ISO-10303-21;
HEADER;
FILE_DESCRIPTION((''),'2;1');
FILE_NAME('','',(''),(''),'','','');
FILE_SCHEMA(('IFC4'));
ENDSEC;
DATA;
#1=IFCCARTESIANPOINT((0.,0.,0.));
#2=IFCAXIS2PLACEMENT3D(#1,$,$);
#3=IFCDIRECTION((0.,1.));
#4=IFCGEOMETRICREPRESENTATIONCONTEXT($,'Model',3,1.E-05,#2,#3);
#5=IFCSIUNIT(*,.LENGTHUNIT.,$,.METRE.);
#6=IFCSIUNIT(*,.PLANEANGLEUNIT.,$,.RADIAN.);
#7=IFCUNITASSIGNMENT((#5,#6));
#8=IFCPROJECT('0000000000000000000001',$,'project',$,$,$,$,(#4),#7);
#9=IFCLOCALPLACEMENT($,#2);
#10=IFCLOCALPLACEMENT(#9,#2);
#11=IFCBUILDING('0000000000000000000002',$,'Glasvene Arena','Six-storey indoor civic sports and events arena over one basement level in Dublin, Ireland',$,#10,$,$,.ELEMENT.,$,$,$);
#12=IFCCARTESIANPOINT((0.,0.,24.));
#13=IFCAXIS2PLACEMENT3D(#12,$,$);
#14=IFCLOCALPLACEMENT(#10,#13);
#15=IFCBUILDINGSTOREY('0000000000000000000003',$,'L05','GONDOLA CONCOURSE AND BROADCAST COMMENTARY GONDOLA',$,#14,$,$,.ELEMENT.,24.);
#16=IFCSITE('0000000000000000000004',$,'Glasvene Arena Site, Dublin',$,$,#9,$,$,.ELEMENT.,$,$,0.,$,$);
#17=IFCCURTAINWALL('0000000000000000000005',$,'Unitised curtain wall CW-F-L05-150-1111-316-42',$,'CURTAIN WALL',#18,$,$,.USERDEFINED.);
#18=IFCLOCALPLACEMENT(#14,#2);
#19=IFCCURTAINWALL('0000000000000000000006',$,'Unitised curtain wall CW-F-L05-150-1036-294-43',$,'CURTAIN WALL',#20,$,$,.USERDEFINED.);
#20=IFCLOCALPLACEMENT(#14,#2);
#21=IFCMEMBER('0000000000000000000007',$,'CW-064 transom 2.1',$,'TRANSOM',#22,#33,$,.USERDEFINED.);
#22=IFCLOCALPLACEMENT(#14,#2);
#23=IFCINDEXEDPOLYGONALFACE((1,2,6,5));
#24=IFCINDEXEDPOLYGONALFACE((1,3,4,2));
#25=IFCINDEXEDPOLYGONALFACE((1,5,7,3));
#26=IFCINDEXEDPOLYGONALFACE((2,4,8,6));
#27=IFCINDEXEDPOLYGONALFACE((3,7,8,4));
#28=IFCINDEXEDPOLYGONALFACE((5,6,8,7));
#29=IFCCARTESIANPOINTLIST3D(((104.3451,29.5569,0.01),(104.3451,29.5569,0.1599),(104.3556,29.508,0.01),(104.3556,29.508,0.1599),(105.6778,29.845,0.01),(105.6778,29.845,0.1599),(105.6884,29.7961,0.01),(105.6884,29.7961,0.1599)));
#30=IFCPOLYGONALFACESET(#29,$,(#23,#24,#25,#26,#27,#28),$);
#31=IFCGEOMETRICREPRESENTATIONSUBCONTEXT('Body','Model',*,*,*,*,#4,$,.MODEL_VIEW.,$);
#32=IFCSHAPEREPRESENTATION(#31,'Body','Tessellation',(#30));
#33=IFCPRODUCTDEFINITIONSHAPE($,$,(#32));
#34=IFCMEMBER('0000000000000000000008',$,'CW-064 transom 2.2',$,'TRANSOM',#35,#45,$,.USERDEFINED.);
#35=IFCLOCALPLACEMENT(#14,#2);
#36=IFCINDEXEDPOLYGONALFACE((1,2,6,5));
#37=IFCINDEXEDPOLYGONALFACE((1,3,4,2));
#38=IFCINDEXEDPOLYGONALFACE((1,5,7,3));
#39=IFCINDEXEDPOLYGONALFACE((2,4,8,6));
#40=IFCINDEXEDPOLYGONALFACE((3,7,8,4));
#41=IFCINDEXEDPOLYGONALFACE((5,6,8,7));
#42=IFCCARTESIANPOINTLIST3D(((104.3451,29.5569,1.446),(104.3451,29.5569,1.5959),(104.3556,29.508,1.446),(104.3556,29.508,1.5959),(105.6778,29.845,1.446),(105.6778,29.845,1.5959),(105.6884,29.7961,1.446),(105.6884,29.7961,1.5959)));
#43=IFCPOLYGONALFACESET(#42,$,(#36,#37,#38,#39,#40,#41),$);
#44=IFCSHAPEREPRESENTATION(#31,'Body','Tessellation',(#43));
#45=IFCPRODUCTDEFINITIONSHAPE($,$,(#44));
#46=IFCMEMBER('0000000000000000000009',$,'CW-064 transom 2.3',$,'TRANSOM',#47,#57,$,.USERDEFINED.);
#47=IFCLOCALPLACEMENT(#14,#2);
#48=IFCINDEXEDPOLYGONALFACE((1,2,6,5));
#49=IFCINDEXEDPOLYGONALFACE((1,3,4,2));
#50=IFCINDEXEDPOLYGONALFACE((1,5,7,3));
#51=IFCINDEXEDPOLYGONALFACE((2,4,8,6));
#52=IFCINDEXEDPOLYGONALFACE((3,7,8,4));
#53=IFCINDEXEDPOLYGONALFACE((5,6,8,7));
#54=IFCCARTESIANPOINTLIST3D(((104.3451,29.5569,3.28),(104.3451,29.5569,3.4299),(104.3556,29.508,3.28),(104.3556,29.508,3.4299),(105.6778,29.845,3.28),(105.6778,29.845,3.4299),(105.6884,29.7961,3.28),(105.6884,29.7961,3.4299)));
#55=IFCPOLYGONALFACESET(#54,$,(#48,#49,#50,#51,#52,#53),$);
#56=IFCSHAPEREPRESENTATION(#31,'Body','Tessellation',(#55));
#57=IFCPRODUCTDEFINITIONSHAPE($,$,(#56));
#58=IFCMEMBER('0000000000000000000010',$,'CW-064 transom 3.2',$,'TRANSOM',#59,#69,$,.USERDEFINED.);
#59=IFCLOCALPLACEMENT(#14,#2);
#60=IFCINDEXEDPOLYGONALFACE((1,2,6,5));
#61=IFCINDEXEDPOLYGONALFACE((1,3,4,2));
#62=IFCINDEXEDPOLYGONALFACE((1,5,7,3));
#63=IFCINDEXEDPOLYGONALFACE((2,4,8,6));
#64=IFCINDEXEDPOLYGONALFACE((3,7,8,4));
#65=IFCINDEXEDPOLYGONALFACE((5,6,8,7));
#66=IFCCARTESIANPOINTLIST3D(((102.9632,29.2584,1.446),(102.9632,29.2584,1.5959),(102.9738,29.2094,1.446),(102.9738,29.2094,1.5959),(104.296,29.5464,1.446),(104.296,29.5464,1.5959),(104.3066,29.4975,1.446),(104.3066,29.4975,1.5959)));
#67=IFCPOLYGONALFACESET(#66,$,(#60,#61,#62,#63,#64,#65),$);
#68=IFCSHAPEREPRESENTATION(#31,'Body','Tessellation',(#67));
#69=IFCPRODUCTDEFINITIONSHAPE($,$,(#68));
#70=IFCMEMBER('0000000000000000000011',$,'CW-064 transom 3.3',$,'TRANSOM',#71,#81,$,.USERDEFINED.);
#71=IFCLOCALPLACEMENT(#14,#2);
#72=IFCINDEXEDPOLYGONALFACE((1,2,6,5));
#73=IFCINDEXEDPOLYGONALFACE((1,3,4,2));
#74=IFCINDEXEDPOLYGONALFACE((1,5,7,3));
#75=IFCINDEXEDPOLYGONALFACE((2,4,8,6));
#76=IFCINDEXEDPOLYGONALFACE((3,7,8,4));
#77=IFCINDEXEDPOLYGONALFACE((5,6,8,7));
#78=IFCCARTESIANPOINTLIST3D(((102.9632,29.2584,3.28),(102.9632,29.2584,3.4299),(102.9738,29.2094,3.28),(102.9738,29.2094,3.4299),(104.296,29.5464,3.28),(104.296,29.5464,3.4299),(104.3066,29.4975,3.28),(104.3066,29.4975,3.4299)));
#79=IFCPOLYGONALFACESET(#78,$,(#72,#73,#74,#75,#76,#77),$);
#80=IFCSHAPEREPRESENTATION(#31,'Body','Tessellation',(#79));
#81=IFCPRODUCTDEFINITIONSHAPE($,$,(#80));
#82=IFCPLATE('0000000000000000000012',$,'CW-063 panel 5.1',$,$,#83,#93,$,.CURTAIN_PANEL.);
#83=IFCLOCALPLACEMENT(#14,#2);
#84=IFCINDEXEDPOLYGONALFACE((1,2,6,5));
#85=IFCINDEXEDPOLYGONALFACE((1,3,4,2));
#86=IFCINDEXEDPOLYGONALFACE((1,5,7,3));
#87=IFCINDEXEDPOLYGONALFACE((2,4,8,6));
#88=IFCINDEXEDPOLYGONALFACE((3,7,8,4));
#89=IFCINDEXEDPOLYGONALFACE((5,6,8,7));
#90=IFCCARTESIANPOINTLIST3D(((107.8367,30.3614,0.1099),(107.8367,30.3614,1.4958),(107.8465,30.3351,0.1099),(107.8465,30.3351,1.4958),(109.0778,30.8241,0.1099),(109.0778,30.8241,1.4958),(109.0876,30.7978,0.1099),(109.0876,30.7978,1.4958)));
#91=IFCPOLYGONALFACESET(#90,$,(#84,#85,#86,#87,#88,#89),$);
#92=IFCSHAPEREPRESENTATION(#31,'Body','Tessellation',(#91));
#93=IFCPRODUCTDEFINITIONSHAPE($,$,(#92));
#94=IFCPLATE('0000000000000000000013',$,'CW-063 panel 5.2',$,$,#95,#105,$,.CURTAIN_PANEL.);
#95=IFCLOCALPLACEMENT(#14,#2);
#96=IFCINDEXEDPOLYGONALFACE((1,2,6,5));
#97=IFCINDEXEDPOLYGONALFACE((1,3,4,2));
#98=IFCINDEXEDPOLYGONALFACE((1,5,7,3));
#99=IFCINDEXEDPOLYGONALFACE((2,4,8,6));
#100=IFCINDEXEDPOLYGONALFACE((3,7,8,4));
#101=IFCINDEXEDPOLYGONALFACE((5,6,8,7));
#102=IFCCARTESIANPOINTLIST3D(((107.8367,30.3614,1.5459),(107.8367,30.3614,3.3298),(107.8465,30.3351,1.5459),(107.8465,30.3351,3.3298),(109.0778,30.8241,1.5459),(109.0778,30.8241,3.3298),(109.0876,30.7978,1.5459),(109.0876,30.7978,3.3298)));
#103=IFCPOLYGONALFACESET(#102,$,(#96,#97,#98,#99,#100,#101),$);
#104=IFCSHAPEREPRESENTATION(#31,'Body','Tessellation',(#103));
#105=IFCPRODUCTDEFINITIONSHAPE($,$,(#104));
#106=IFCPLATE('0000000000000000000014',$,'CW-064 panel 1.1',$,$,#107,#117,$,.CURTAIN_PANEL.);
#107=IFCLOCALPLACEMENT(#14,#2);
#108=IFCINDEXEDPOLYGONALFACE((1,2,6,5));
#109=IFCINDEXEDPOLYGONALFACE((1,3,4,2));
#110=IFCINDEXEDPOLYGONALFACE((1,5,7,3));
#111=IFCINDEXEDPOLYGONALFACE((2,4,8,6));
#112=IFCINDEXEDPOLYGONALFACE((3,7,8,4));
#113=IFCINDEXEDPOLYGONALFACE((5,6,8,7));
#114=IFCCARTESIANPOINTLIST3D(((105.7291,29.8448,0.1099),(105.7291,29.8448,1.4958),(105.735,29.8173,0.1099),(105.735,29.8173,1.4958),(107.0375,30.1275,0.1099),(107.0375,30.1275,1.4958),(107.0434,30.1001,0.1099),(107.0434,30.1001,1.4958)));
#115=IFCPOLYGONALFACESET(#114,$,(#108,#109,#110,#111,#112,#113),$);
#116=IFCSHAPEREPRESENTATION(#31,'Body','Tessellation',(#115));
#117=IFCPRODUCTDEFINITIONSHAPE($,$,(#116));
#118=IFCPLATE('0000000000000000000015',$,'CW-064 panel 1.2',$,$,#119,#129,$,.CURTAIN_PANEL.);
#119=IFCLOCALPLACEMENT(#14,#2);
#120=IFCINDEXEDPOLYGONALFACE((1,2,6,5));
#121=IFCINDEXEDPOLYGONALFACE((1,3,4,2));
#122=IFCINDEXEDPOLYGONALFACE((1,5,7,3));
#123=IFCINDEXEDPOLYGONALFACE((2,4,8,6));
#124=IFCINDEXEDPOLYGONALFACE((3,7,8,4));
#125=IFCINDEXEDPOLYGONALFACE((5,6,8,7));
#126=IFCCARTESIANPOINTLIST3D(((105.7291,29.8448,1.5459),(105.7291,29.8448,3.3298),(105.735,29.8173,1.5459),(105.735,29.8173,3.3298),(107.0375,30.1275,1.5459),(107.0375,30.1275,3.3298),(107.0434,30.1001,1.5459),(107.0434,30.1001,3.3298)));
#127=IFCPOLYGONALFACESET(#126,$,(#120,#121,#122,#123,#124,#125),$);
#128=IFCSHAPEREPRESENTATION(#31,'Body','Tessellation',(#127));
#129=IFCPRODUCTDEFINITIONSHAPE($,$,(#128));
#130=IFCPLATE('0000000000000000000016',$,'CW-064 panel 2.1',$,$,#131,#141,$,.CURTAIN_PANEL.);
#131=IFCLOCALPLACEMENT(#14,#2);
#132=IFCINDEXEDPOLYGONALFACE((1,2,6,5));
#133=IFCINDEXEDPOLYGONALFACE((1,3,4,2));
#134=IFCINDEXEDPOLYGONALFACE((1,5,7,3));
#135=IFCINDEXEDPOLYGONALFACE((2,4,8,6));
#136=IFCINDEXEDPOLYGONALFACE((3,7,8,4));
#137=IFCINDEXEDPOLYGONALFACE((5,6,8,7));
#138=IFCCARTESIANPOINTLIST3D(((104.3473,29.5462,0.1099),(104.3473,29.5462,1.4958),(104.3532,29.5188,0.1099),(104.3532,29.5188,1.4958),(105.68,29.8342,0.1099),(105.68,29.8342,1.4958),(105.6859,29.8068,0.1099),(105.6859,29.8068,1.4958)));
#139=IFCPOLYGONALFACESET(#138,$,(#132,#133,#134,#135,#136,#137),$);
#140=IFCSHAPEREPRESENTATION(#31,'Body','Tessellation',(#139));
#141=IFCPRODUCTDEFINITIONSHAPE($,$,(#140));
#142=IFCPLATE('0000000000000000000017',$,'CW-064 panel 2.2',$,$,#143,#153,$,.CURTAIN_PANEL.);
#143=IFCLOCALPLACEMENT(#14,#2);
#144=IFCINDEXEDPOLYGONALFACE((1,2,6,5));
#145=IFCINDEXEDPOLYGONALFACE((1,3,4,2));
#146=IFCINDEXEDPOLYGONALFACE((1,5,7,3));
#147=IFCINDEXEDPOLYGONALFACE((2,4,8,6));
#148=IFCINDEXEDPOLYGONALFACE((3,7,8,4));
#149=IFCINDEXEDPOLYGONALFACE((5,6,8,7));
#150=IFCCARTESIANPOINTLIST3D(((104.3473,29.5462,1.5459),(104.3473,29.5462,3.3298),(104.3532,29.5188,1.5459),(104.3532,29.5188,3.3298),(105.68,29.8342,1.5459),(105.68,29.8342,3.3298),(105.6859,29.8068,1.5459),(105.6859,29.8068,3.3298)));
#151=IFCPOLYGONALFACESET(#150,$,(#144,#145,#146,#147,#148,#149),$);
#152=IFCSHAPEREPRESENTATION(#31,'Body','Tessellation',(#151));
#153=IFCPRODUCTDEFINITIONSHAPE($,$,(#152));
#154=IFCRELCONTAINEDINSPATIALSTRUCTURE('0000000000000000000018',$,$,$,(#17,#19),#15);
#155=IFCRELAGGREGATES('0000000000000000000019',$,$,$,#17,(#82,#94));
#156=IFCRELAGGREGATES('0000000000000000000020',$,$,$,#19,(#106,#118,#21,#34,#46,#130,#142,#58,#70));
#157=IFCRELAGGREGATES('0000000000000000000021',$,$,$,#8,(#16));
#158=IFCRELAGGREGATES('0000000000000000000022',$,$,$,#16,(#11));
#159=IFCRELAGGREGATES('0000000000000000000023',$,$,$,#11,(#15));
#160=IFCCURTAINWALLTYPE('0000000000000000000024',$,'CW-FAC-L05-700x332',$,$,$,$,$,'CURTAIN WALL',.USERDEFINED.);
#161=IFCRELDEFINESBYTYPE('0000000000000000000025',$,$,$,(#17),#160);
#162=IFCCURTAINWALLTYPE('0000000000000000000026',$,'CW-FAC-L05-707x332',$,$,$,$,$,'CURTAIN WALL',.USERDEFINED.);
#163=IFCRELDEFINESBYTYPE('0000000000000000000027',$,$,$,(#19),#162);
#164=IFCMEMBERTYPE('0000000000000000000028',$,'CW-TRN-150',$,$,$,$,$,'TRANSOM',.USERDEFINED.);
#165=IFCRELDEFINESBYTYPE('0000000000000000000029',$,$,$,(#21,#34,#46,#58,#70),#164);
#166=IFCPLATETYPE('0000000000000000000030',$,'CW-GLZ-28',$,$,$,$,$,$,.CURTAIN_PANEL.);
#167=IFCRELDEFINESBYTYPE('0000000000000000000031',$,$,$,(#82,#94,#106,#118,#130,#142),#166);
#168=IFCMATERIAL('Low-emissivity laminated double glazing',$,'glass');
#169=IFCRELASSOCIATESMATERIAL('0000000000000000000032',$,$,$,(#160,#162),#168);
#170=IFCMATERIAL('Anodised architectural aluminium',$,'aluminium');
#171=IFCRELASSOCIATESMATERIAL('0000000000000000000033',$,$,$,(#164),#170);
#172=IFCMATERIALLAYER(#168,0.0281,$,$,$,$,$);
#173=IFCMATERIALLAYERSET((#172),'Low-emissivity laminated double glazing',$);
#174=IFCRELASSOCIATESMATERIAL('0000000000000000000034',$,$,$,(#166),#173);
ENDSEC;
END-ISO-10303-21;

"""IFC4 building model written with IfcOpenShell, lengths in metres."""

from ifc_helpers import new_model, si_unit, direction, frame, origin, origin_2d, place, context, subcontext, project, spatial, rectangle, extrude, material, layer, layer_set, material_profile, profile_set, type_object, element, aggregate, save


model = new_model("IFC4")

# Units and contexts
model_context = context("Model", 3, precision=1e-05, world=origin(), true_north=direction((0.0, 1.0)))
body_context = subcontext(model_context, "Body", "Model", "MODEL_VIEW")
ifc_project = project(units=[si_unit("LENGTHUNIT", "METRE"), si_unit("PLANEANGLEUNIT", "RADIAN")], contexts=[model_context])

# Site, building, storey
site_placement = place(None, origin())
site = spatial("IfcSite", under=ifc_project, at=site_placement, Name="Glasvene Arena Site, Dublin", CompositionType="ELEMENT", RefElevation=0.0)
building_placement = place(site_placement, origin())
building = spatial("IfcBuilding", under=site, at=building_placement, Name="Glasvene Arena", Description="Six-storey indoor civic sports and events arena over one basement level in Dublin, Ireland", CompositionType="ELEMENT")
storey_placement = place(building_placement, frame((0.0, 0.0, 24.0)))
storey = spatial("IfcBuildingStorey", under=building, at=storey_placement, Name="L05", Description="GONDOLA CONCOURSE AND BROADCAST COMMENTARY GONDOLA", CompositionType="ELEMENT", Elevation=24.0)

# Curtain wall
ifc_material_1 = material(Name="Low-emissivity laminated double glazing", Category="glass")
curtain_wall_type_1 = type_object("IfcCurtainWallType", Name="CW-FAC-L05-700x332", ElementType="CURTAIN WALL", PredefinedType="USERDEFINED", material=ifc_material_1)
curtain_wall_1_placement = place(storey_placement, frame((114.3518, 32.7749, 0.0)))
curtain_wall_1 = element("IfcCurtainWall", 1, at=curtain_wall_1_placement, inside=storey, type_object=curtain_wall_type_1, Name="Unitised curtain wall CW-F-L05-150-1111-316-42", ObjectType="CURTAIN WALL", PredefinedType="USERDEFINED")
ifc_material_2 = material(Name="Anodised architectural aluminium", Category="aluminium")

# Curtain wall
curtain_wall_type_2 = type_object("IfcCurtainWallType", Name="CW-FAC-L05-707x332", ElementType="CURTAIN WALL", PredefinedType="USERDEFINED", material=ifc_material_1)
curtain_wall_2_placement = place(storey_placement, frame((107.0891, 30.1245, 0.0)))
curtain_wall_2 = element("IfcCurtainWall", 2, at=curtain_wall_2_placement, inside=storey, type_object=curtain_wall_type_2, Name="Unitised curtain wall CW-F-L05-150-1036-294-43", ObjectType="CURTAIN WALL", PredefinedType="USERDEFINED")

# Members
ifc_material_profile_1 = material_profile(ifc_material_2, rectangle(XDim=0.05, YDim=0.1499, at=origin_2d()), Name="ALU TRANSOM 50x150")
ifc_profile_set_1 = profile_set([ifc_material_profile_1], Name="Anodised architectural aluminium")
member_type_1 = type_object("IfcMemberType", Name="CW-TRN-150", ElementType="TRANSOM", PredefinedType="USERDEFINED", material=ifc_profile_set_1)
member_1_placement = place(storey_placement, frame((105.6831, 29.8206, 0.085), z_axis=(-0.977426, -0.211277, 0.0), x_axis=(0.211277, -0.977426, 0.0)))
member_1 = element("IfcMember", 3, at=member_1_placement, type_object=member_type_1, Name="CW-064 transom 2.1", ObjectType="TRANSOM", PredefinedType="USERDEFINED", context=body_context, shape_type="SweptSolid", body=[
    extrude(rectangle(XDim=0.05, YDim=0.1499, at=origin_2d()), origin(), (0.0, 0.0, 1.0), 1.3635),
])
member_2_placement = place(storey_placement, frame((105.6831, 29.8206, 1.521), z_axis=(-0.977426, -0.211277, 0.0), x_axis=(0.211277, -0.977426, 0.0)))
member_2 = element("IfcMember", 4, at=member_2_placement, type_object=member_type_1, Name="CW-064 transom 2.2", ObjectType="TRANSOM", PredefinedType="USERDEFINED", context=body_context, shape_type="SweptSolid", body=[
    extrude(rectangle(XDim=0.05, YDim=0.1499, at=origin_2d()), origin(), (0.0, 0.0, 1.0), 1.3635),
])
member_3_placement = place(storey_placement, frame((105.6831, 29.8206, 3.355), z_axis=(-0.977426, -0.211277, 0.0), x_axis=(0.211277, -0.977426, 0.0)))
member_3 = element("IfcMember", 5, at=member_3_placement, type_object=member_type_1, Name="CW-064 transom 2.3", ObjectType="TRANSOM", PredefinedType="USERDEFINED", context=body_context, shape_type="SweptSolid", body=[
    extrude(rectangle(XDim=0.05, YDim=0.1499, at=origin_2d()), origin(), (0.0, 0.0, 1.0), 1.3635),
])
member_4_placement = place(storey_placement, frame((104.3013, 29.522, 1.521), z_axis=(-0.977426, -0.211277, 0.0), x_axis=(0.211277, -0.977426, 0.0)))
member_4 = element("IfcMember", 6, at=member_4_placement, type_object=member_type_1, Name="CW-064 transom 3.2", ObjectType="TRANSOM", PredefinedType="USERDEFINED", context=body_context, shape_type="SweptSolid", body=[
    extrude(rectangle(XDim=0.05, YDim=0.1499, at=origin_2d()), origin(), (0.0, 0.0, 1.0), 1.3635),
])
member_5_placement = place(storey_placement, frame((104.3013, 29.522, 3.355), z_axis=(-0.977426, -0.211277, 0.0), x_axis=(0.211277, -0.977426, 0.0)))
member_5 = element("IfcMember", 7, at=member_5_placement, type_object=member_type_1, Name="CW-064 transom 3.3", ObjectType="TRANSOM", PredefinedType="USERDEFINED", context=body_context, shape_type="SweptSolid", body=[
    extrude(rectangle(XDim=0.05, YDim=0.1499, at=origin_2d()), origin(), (0.0, 0.0, 1.0), 1.3635),
])

# Plates
ifc_layer = layer(ifc_material_1, 0.0281)
ifc_layer_set = layer_set([ifc_layer], Name="Low-emissivity laminated double glazing")
plate_type = type_object("IfcPlateType", Name="CW-GLZ-28", PredefinedType="CURTAIN_PANEL", material=ifc_layer_set)
plate_1_placement = place(storey_placement, frame((108.4622, 30.5796, 0.1099), z_axis=(0.0, 0.0, 1.0), x_axis=(-0.937012, -0.349297, 0.0)))
plate_1 = element("IfcPlate", 8, at=plate_1_placement, type_object=plate_type, Name="CW-063 panel 5.1", PredefinedType="CURTAIN_PANEL", context=body_context, shape_type="SweptSolid", body=[
    extrude(rectangle(XDim=1.3245, YDim=0.0281, at=origin_2d()), origin(), (0.0, 0.0, 1.0), 1.386),
])
plate_2_placement = place(storey_placement, frame((108.4622, 30.5796, 1.5459), z_axis=(0.0, 0.0, 1.0), x_axis=(-0.937012, -0.349297, 0.0)))
plate_2 = element("IfcPlate", 9, at=plate_2_placement, type_object=plate_type, Name="CW-063 panel 5.2", PredefinedType="CURTAIN_PANEL", context=body_context, shape_type="SweptSolid", body=[
    extrude(rectangle(XDim=1.3245, YDim=0.0281, at=origin_2d()), origin(), (0.0, 0.0, 1.0), 1.7839),
])
aggregate(curtain_wall_1, [plate_1, plate_2])
plate_3_placement = place(storey_placement, frame((106.3862, 29.9724, 0.1099), z_axis=(0.0, 0.0, 1.0), x_axis=(-0.977438, -0.211221, 0.0)))
plate_3 = element("IfcPlate", 10, at=plate_3_placement, type_object=plate_type, Name="CW-064 panel 1.1", PredefinedType="CURTAIN_PANEL", context=body_context, shape_type="SweptSolid", body=[
    extrude(rectangle(XDim=1.3386, YDim=0.0281, at=origin_2d()), origin(), (0.0, 0.0, 1.0), 1.386),
])
plate_4_placement = place(storey_placement, frame((106.3862, 29.9724, 1.5459), z_axis=(0.0, 0.0, 1.0), x_axis=(-0.977438, -0.211221, 0.0)))
plate_4 = element("IfcPlate", 11, at=plate_4_placement, type_object=plate_type, Name="CW-064 panel 1.2", PredefinedType="CURTAIN_PANEL", context=body_context, shape_type="SweptSolid", body=[
    extrude(rectangle(XDim=1.3386, YDim=0.0281, at=origin_2d()), origin(), (0.0, 0.0, 1.0), 1.7839),
])
plate_5_placement = place(storey_placement, frame((105.0166, 29.6765, 0.1099), z_axis=(0.0, 0.0, 1.0), x_axis=(-0.977438, -0.211221, 0.0)))
plate_5 = element("IfcPlate", 12, at=plate_5_placement, type_object=plate_type, Name="CW-064 panel 2.1", PredefinedType="CURTAIN_PANEL", context=body_context, shape_type="SweptSolid", body=[
    extrude(rectangle(XDim=1.3635, YDim=0.0281, at=origin_2d()), origin(), (0.0, 0.0, 1.0), 1.386),
])
plate_6_placement = place(storey_placement, frame((105.0166, 29.6765, 1.5459), z_axis=(0.0, 0.0, 1.0), x_axis=(-0.977438, -0.211221, 0.0)))
plate_6 = element("IfcPlate", 13, at=plate_6_placement, type_object=plate_type, Name="CW-064 panel 2.2", PredefinedType="CURTAIN_PANEL", context=body_context, shape_type="SweptSolid", body=[
    extrude(rectangle(XDim=1.3635, YDim=0.0281, at=origin_2d()), origin(), (0.0, 0.0, 1.0), 1.7839),
])
aggregate(curtain_wall_2, [plate_3, plate_4, member_1, member_2, member_3, plate_5, plate_6, member_4, member_5])

save(model, "model.ifc")
